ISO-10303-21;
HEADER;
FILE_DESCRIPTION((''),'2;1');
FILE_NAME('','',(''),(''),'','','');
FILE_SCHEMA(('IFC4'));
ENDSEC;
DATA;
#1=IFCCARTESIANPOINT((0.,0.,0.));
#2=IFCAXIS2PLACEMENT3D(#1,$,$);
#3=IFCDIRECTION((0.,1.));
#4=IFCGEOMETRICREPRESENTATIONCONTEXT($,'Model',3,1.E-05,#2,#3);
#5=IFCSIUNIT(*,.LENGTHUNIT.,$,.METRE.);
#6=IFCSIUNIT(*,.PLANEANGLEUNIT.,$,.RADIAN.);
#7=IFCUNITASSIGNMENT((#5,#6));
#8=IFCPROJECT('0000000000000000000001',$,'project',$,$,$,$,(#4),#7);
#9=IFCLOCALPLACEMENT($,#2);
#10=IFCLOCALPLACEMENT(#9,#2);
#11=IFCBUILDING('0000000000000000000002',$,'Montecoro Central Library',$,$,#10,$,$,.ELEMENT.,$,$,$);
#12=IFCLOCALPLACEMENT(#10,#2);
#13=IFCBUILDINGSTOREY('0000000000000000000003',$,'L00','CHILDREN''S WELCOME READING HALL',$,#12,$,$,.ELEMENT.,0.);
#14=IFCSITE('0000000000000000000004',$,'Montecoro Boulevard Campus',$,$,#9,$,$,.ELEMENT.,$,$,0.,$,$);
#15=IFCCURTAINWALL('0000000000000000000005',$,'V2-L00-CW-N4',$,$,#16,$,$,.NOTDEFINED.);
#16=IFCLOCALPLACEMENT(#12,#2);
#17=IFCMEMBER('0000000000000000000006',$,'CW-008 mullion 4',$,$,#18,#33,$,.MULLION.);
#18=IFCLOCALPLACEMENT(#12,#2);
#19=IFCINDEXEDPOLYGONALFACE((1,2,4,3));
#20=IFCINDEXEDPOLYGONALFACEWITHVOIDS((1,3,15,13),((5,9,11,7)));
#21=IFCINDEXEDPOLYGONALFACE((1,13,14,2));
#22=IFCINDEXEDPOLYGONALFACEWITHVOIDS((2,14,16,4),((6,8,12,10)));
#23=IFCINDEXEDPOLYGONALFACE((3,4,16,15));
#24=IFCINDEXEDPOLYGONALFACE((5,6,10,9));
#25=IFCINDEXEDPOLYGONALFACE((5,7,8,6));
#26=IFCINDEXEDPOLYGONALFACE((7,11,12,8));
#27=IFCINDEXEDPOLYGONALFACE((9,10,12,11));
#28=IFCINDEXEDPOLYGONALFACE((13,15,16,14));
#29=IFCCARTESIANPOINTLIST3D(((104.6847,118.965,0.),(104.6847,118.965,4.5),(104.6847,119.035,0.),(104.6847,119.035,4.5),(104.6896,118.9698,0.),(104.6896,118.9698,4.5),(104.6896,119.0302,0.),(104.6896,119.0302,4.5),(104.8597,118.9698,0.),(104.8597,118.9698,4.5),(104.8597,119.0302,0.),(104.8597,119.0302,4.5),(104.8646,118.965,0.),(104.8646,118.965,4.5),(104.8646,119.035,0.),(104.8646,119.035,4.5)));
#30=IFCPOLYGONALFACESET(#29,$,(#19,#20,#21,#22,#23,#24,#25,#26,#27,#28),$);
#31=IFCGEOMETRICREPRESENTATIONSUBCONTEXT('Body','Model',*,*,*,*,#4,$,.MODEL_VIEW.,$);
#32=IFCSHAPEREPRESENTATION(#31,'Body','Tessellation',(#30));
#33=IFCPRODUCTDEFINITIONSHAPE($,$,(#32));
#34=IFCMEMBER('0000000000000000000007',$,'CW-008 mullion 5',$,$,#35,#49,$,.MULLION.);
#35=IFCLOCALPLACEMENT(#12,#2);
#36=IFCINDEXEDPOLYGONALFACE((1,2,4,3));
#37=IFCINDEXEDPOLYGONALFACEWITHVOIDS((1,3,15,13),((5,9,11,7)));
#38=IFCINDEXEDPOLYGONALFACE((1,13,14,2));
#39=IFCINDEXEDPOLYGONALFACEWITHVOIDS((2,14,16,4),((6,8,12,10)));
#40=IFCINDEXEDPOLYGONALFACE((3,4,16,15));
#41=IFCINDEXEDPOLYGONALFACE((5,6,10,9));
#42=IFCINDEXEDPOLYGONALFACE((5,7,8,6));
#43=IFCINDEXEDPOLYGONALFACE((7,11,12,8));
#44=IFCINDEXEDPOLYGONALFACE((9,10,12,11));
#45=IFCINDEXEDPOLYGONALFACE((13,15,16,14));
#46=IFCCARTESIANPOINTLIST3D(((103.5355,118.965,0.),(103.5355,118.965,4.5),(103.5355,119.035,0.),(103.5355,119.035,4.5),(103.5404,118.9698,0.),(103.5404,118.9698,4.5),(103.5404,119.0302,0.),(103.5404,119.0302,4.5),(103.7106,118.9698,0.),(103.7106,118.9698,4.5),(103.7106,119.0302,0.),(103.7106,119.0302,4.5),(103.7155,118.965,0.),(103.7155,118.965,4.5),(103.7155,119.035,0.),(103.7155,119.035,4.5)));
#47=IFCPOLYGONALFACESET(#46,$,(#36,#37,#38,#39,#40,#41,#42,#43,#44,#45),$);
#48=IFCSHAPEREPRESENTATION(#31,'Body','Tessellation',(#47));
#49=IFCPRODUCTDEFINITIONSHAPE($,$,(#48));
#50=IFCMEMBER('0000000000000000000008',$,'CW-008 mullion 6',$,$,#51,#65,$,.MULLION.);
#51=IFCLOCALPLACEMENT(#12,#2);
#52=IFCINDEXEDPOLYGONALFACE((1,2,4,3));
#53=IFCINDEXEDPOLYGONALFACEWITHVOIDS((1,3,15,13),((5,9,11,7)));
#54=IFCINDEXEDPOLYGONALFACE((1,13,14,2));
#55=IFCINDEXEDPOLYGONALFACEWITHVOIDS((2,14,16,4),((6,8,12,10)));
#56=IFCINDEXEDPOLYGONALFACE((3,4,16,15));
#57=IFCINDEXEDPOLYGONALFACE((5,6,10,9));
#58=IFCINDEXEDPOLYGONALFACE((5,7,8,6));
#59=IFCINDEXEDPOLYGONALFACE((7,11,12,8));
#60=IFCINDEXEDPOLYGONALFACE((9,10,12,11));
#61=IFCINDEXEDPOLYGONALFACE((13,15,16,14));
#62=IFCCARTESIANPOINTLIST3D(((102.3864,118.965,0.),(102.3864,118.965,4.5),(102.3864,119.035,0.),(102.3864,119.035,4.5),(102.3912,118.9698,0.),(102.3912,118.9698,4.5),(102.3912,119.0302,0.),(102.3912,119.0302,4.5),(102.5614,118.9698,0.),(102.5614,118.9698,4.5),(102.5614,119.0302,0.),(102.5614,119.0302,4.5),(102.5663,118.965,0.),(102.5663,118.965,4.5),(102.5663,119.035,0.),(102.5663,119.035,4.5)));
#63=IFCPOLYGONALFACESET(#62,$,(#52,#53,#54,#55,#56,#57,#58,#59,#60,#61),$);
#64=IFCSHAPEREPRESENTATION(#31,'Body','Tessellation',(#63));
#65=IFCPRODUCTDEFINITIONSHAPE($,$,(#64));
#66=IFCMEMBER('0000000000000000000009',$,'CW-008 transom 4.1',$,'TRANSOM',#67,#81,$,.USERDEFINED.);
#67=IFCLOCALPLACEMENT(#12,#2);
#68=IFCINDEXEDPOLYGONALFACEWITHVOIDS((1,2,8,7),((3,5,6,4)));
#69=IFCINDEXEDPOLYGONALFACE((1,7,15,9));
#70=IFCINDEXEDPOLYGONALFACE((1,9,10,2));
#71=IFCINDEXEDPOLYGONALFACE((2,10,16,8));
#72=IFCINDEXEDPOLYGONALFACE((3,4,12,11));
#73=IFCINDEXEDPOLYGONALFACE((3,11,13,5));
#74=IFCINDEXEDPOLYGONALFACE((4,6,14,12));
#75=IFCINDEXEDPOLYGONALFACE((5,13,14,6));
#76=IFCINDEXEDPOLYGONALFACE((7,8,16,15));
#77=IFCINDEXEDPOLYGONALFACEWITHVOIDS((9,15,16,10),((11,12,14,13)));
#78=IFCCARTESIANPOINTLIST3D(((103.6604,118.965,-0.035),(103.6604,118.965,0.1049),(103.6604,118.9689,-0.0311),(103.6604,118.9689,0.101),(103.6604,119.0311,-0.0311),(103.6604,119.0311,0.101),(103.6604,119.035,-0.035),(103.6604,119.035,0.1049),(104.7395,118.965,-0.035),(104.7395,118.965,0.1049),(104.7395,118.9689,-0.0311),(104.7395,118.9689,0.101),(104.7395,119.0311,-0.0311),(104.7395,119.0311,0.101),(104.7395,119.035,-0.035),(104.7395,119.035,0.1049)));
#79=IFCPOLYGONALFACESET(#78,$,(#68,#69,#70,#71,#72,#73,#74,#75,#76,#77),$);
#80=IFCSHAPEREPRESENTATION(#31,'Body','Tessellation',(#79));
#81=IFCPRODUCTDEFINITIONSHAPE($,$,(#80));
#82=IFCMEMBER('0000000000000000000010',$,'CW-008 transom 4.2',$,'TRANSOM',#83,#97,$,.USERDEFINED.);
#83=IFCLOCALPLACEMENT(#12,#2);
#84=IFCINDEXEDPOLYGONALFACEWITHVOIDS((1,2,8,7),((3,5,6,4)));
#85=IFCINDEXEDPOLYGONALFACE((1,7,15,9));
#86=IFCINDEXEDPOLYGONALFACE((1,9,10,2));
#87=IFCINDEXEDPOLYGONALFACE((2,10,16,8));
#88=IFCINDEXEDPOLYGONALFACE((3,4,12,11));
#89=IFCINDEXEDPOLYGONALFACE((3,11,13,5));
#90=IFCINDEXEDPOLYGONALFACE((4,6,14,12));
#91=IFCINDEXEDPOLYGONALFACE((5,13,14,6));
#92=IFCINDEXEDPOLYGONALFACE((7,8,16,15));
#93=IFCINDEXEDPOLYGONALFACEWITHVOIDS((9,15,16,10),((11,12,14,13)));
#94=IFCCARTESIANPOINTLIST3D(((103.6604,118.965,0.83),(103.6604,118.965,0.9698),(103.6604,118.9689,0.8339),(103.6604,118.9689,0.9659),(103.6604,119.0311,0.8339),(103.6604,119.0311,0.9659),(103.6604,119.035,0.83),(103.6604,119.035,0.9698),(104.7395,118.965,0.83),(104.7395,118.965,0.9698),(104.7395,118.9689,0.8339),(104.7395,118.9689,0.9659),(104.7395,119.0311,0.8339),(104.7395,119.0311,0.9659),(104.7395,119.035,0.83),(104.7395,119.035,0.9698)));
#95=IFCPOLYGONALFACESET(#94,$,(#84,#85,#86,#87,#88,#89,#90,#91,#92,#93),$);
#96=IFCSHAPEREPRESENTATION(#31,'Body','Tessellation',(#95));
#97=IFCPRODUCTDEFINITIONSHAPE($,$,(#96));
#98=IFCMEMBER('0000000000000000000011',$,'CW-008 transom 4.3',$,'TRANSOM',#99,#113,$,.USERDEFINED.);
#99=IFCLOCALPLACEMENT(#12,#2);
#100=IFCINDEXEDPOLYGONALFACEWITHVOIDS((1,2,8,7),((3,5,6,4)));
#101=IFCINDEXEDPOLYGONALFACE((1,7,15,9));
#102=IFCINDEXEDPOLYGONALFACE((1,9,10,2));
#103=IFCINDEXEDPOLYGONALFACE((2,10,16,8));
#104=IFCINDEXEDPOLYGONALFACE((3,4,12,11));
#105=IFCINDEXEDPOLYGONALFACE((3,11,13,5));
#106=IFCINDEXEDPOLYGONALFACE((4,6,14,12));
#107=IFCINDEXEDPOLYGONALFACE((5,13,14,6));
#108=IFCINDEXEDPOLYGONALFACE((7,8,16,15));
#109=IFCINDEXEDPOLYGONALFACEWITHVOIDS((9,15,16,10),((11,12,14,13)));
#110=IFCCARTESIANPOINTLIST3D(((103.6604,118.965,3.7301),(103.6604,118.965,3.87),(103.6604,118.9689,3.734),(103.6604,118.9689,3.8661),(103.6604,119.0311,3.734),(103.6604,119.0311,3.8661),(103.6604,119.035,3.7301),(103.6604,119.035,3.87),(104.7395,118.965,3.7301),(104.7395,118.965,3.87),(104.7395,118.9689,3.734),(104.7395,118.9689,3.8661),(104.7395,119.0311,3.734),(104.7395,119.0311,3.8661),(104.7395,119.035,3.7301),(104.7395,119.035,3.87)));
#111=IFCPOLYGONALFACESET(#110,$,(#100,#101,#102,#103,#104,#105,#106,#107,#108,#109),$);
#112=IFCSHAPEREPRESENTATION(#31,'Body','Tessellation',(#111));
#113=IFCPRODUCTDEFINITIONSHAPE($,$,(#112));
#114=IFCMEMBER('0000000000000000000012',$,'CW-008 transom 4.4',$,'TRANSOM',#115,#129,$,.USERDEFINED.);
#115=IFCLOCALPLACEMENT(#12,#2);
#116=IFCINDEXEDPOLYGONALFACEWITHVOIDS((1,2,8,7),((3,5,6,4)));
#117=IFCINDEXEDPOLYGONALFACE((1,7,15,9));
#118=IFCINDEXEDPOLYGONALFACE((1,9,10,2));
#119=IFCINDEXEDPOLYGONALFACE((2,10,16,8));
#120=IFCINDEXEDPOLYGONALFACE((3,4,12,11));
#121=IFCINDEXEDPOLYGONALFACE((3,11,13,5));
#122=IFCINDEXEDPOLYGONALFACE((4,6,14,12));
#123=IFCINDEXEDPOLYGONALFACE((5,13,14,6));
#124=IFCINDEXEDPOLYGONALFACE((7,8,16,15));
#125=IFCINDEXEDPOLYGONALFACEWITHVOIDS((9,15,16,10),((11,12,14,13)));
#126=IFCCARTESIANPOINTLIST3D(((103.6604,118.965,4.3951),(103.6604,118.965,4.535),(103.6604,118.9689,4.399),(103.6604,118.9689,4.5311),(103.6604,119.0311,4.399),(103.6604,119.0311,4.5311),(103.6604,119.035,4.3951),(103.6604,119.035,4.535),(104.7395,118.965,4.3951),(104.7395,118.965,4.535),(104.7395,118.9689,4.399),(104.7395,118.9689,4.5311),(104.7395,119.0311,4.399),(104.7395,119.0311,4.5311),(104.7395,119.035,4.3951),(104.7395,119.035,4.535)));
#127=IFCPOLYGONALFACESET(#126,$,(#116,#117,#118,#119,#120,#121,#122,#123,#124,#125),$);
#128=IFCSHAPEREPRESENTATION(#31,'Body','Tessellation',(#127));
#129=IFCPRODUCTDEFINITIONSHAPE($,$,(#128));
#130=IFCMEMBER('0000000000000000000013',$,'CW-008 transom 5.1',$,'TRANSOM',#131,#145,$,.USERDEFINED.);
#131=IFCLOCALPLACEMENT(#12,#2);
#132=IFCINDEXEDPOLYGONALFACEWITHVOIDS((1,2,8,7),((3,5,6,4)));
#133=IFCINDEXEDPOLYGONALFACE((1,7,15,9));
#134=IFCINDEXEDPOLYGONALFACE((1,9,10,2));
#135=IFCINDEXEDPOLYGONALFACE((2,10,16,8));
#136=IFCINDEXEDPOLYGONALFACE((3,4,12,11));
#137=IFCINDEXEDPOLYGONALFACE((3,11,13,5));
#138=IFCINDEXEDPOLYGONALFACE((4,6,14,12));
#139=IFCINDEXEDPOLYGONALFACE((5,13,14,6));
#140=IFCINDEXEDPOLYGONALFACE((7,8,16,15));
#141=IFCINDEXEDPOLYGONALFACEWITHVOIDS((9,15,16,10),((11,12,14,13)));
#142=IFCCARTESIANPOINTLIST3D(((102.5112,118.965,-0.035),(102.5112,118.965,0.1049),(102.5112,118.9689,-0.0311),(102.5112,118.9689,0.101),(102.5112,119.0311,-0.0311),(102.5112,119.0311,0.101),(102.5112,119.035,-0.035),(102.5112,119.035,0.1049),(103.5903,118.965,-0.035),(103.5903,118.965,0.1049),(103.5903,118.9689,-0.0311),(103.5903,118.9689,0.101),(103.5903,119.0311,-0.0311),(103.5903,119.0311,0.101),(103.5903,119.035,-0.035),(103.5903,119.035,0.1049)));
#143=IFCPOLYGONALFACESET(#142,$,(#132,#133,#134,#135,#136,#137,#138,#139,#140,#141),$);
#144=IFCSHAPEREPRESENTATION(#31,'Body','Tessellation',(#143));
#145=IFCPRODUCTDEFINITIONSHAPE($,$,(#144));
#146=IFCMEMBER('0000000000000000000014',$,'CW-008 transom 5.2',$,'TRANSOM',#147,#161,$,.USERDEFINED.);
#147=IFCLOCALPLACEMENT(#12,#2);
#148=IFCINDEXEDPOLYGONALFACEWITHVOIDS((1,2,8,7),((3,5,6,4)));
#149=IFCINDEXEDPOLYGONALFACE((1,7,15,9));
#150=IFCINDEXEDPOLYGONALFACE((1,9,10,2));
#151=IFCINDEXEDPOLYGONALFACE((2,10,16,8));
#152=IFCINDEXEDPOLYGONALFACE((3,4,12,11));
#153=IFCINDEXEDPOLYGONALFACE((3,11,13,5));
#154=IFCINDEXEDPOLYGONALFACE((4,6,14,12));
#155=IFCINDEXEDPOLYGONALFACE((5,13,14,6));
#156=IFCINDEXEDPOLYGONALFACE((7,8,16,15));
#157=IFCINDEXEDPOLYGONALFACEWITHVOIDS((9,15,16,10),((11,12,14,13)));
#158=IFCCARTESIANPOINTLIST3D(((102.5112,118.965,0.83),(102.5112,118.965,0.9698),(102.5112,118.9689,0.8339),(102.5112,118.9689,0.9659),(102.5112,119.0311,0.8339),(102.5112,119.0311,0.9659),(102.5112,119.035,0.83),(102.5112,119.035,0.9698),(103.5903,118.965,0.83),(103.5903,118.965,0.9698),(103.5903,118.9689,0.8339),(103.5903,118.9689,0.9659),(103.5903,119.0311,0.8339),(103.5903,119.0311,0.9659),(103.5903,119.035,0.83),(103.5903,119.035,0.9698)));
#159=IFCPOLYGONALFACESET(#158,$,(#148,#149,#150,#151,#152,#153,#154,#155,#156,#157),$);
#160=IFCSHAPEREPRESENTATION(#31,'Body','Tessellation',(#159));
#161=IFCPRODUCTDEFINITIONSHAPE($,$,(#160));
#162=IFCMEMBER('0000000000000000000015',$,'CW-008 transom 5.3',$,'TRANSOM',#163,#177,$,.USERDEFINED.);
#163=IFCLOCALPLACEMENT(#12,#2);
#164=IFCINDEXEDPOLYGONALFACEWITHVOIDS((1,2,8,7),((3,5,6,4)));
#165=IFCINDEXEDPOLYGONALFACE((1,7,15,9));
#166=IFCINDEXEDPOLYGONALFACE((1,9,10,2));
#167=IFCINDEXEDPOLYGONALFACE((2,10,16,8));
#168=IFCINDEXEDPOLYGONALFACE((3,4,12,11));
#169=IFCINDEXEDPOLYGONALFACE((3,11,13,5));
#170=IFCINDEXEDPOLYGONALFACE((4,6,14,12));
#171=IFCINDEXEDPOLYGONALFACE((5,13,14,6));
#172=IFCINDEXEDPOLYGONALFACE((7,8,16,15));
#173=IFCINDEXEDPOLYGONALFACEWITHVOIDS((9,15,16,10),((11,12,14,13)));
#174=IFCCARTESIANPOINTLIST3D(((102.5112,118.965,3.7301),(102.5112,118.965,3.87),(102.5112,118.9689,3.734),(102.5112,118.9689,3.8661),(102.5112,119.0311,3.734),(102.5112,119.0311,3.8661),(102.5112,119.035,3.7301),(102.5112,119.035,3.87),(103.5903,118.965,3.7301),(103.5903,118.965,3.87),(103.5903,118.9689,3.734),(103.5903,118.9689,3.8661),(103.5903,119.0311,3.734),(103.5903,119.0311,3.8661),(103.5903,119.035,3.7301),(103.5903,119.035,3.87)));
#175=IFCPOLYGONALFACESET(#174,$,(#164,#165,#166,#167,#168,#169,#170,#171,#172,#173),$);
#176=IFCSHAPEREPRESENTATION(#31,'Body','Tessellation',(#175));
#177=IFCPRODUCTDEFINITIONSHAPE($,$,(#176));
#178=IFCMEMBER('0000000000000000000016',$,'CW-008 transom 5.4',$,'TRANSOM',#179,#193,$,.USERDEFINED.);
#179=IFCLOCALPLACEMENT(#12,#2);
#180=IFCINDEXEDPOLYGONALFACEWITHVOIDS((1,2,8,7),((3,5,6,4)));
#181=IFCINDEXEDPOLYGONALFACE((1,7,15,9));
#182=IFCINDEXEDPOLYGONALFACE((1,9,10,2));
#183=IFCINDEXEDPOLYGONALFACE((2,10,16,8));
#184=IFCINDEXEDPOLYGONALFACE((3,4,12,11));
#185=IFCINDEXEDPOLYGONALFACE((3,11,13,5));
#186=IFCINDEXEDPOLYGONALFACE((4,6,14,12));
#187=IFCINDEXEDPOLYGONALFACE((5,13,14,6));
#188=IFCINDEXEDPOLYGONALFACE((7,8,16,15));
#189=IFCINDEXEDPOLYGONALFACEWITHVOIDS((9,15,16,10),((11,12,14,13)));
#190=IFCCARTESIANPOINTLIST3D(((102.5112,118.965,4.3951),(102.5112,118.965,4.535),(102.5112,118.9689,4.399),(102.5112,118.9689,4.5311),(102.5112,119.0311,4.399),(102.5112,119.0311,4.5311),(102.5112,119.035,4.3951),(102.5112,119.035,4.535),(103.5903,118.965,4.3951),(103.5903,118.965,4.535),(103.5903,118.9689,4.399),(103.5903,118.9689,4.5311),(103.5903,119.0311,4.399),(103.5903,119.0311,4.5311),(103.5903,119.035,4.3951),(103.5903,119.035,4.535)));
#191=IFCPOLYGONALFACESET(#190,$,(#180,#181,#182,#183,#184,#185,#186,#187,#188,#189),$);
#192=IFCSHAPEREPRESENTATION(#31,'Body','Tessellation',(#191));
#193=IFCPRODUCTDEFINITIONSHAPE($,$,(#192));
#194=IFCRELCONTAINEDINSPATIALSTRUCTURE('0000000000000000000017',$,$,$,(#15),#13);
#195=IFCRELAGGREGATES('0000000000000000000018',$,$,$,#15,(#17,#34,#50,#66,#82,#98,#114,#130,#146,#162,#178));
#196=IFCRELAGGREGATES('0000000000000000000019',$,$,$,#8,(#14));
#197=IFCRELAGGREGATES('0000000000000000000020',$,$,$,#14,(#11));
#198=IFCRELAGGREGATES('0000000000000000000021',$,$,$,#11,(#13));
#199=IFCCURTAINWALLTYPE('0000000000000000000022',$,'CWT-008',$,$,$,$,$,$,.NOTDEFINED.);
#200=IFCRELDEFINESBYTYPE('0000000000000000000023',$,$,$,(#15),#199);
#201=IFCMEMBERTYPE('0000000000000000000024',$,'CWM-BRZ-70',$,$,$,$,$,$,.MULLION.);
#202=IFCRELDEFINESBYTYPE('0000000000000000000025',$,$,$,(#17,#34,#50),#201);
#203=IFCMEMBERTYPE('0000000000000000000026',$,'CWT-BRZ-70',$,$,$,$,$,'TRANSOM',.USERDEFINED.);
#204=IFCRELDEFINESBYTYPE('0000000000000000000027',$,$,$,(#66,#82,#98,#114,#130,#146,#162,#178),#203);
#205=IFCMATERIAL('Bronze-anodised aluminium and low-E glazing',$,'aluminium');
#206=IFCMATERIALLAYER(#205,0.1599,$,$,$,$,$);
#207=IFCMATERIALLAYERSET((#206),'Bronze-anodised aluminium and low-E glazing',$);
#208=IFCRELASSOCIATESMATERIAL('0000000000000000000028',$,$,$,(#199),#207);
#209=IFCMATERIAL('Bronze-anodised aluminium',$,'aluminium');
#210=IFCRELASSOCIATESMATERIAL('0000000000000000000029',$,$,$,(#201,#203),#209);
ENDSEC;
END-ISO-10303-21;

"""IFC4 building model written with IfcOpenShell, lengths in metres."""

from ifc_helpers import new_model, si_unit, direction, frame, origin, origin_2d, place, context, subcontext, project, spatial, hollow_rectangle, extrude, material, layer, layer_set, material_profile, profile_set, type_object, element, aggregate, save


model = new_model("IFC4")

# Units and contexts
model_context = context("Model", 3, precision=1e-05, world=origin(), true_north=direction((0.0, 1.0)))
body_context = subcontext(model_context, "Body", "Model", "MODEL_VIEW")
ifc_project = project(units=[si_unit("LENGTHUNIT", "METRE"), si_unit("PLANEANGLEUNIT", "RADIAN")], contexts=[model_context])

# Site, building, storey
site_placement = place(None, origin())
site = spatial("IfcSite", under=ifc_project, at=site_placement, Name="Montecoro Boulevard Campus", CompositionType="ELEMENT", RefElevation=0.0)
building_placement = place(site_placement, origin())
building = spatial("IfcBuilding", under=site, at=building_placement, Name="Montecoro Central Library", CompositionType="ELEMENT")
storey_placement = place(building_placement, origin())
storey = spatial("IfcBuildingStorey", under=building, at=storey_placement, Name="L00", Description="CHILDREN'S WELCOME READING HALL", CompositionType="ELEMENT", Elevation=0.0)

# Curtain wall, members
ifc_material_1 = material(Name="Bronze-anodised aluminium and low-E glazing", Category="aluminium")
ifc_layer_1 = layer(ifc_material_1, 0.1599)
ifc_layer_set_1 = layer_set([ifc_layer_1], Name="Bronze-anodised aluminium and low-E glazing")
curtain_wall_type = type_object("IfcCurtainWallType", Name="CWT-008", PredefinedType="NOTDEFINED", material=ifc_layer_set_1)
curtain_wall_placement = place(storey_placement, origin())
curtain_wall = element("IfcCurtainWall", 1, at=curtain_wall_placement, inside=storey, type_object=curtain_wall_type, Name="V2-L00-CW-N4", PredefinedType="NOTDEFINED")
ifc_material_2 = material(Name="Bronze-anodised aluminium", Category="aluminium")
ifc_material_profile_1 = material_profile(ifc_material_2, hollow_rectangle(XDim=0.0701, YDim=0.1799, WallThickness=0.0049, at=origin_2d()), Name="CWM 180x70x5.0")
ifc_profile_set_1 = profile_set([ifc_material_profile_1], Name="Bronze-anodised aluminium")
member_type_1 = type_object("IfcMemberType", Name="CWM-BRZ-70", PredefinedType="MULLION", material=ifc_profile_set_1)
member_1_placement = place(storey_placement, frame((104.7747, 119.0, 0.0), z_axis=(0.0, 0.0, 1.0), x_axis=(0.0, -1.0, 0.0)))
member_1 = element("IfcMember", 2, at=member_1_placement, type_object=member_type_1, Name="CW-008 mullion 4", PredefinedType="MULLION", context=body_context, shape_type="SweptSolid", body=[
    extrude(hollow_rectangle(XDim=0.0701, YDim=0.1799, WallThickness=0.0049, at=origin_2d()), origin(), (0.0, 0.0, 1.0), 4.5),
])
member_2_placement = place(storey_placement, frame((103.6255, 119.0, 0.0), z_axis=(0.0, 0.0, 1.0), x_axis=(0.0, -1.0, 0.0)))
member_2 = element("IfcMember", 3, at=member_2_placement, type_object=member_type_1, Name="CW-008 mullion 5", PredefinedType="MULLION", context=body_context, shape_type="SweptSolid", body=[
    extrude(hollow_rectangle(XDim=0.0701, YDim=0.1799, WallThickness=0.0049, at=origin_2d()), origin(), (0.0, 0.0, 1.0), 4.5),
])
member_3_placement = place(storey_placement, frame((102.4763, 119.0, 0.0), z_axis=(0.0, 0.0, 1.0), x_axis=(0.0, -1.0, 0.0)))
member_3 = element("IfcMember", 4, at=member_3_placement, type_object=member_type_1, Name="CW-008 mullion 6", PredefinedType="MULLION", context=body_context, shape_type="SweptSolid", body=[
    extrude(hollow_rectangle(XDim=0.0701, YDim=0.1799, WallThickness=0.0049, at=origin_2d()), origin(), (0.0, 0.0, 1.0), 4.5),
])
ifc_material_profile_2 = material_profile(ifc_material_2, hollow_rectangle(XDim=0.0701, YDim=0.1399, WallThickness=0.0039, at=origin_2d()), Name="CWT 140x70x4.0")
ifc_profile_set_2 = profile_set([ifc_material_profile_2], Name="Bronze-anodised aluminium")
member_type_2 = type_object("IfcMemberType", Name="CWT-BRZ-70", ElementType="TRANSOM", PredefinedType="USERDEFINED", material=ifc_profile_set_2)
member_4_placement = place(storey_placement, frame((104.7395, 119.0, 0.0349), z_axis=(-1.0, 0.0, 0.0), x_axis=(0.0, -1.0, 0.0)))
member_4 = element("IfcMember", 5, at=member_4_placement, type_object=member_type_2, Name="CW-008 transom 4.1", ObjectType="TRANSOM", PredefinedType="USERDEFINED", context=body_context, shape_type="SweptSolid", body=[
    extrude(hollow_rectangle(XDim=0.0701, YDim=0.1399, WallThickness=0.0039, at=origin_2d()), origin(), (0.0, 0.0, 1.0), 1.0791),
])
member_5_placement = place(storey_placement, frame((104.7395, 119.0, 0.8999), z_axis=(-1.0, 0.0, 0.0), x_axis=(0.0, -1.0, 0.0)))
member_5 = element("IfcMember", 6, at=member_5_placement, type_object=member_type_2, Name="CW-008 transom 4.2", ObjectType="TRANSOM", PredefinedType="USERDEFINED", context=body_context, shape_type="SweptSolid", body=[
    extrude(hollow_rectangle(XDim=0.0701, YDim=0.1399, WallThickness=0.0039, at=origin_2d()), origin(), (0.0, 0.0, 1.0), 1.0791),
])
member_6_placement = place(storey_placement, frame((104.7395, 119.0, 3.8), z_axis=(-1.0, 0.0, 0.0), x_axis=(0.0, -1.0, 0.0)))
member_6 = element("IfcMember", 7, at=member_6_placement, type_object=member_type_2, Name="CW-008 transom 4.3", ObjectType="TRANSOM", PredefinedType="USERDEFINED", context=body_context, shape_type="SweptSolid", body=[
    extrude(hollow_rectangle(XDim=0.0701, YDim=0.1399, WallThickness=0.0039, at=origin_2d()), origin(), (0.0, 0.0, 1.0), 1.0791),
])
member_7_placement = place(storey_placement, frame((104.7395, 119.0, 4.4651), z_axis=(-1.0, 0.0, 0.0), x_axis=(0.0, -1.0, 0.0)))
member_7 = element("IfcMember", 8, at=member_7_placement, type_object=member_type_2, Name="CW-008 transom 4.4", ObjectType="TRANSOM", PredefinedType="USERDEFINED", context=body_context, shape_type="SweptSolid", body=[
    extrude(hollow_rectangle(XDim=0.0701, YDim=0.1399, WallThickness=0.0039, at=origin_2d()), origin(), (0.0, 0.0, 1.0), 1.0791),
])
member_8_placement = place(storey_placement, frame((103.5903, 119.0, 0.0349), z_axis=(-1.0, 0.0, 0.0), x_axis=(0.0, -1.0, 0.0)))
member_8 = element("IfcMember", 9, at=member_8_placement, type_object=member_type_2, Name="CW-008 transom 5.1", ObjectType="TRANSOM", PredefinedType="USERDEFINED", context=body_context, shape_type="SweptSolid", body=[
    extrude(hollow_rectangle(XDim=0.0701, YDim=0.1399, WallThickness=0.0039, at=origin_2d()), origin(), (0.0, 0.0, 1.0), 1.0791),
])
member_9_placement = place(storey_placement, frame((103.5903, 119.0, 0.8999), z_axis=(-1.0, 0.0, 0.0), x_axis=(0.0, -1.0, 0.0)))
member_9 = element("IfcMember", 10, at=member_9_placement, type_object=member_type_2, Name="CW-008 transom 5.2", ObjectType="TRANSOM", PredefinedType="USERDEFINED", context=body_context, shape_type="SweptSolid", body=[
    extrude(hollow_rectangle(XDim=0.0701, YDim=0.1399, WallThickness=0.0039, at=origin_2d()), origin(), (0.0, 0.0, 1.0), 1.0791),
])
member_10_placement = place(storey_placement, frame((103.5903, 119.0, 3.8), z_axis=(-1.0, 0.0, 0.0), x_axis=(0.0, -1.0, 0.0)))
member_10 = element("IfcMember", 11, at=member_10_placement, type_object=member_type_2, Name="CW-008 transom 5.3", ObjectType="TRANSOM", PredefinedType="USERDEFINED", context=body_context, shape_type="SweptSolid", body=[
    extrude(hollow_rectangle(XDim=0.0701, YDim=0.1399, WallThickness=0.0039, at=origin_2d()), origin(), (0.0, 0.0, 1.0), 1.0791),
])
member_11_placement = place(storey_placement, frame((103.5903, 119.0, 4.4651), z_axis=(-1.0, 0.0, 0.0), x_axis=(0.0, -1.0, 0.0)))
member_11 = element("IfcMember", 12, at=member_11_placement, type_object=member_type_2, Name="CW-008 transom 5.4", ObjectType="TRANSOM", PredefinedType="USERDEFINED", context=body_context, shape_type="SweptSolid", body=[
    extrude(hollow_rectangle(XDim=0.0701, YDim=0.1399, WallThickness=0.0039, at=origin_2d()), origin(), (0.0, 0.0, 1.0), 1.0791),
])
aggregate(curtain_wall, [member_1, member_2, member_3, member_4, member_5, member_6, member_7, member_8, member_9, member_10, member_11])

save(model, "model.ifc")
